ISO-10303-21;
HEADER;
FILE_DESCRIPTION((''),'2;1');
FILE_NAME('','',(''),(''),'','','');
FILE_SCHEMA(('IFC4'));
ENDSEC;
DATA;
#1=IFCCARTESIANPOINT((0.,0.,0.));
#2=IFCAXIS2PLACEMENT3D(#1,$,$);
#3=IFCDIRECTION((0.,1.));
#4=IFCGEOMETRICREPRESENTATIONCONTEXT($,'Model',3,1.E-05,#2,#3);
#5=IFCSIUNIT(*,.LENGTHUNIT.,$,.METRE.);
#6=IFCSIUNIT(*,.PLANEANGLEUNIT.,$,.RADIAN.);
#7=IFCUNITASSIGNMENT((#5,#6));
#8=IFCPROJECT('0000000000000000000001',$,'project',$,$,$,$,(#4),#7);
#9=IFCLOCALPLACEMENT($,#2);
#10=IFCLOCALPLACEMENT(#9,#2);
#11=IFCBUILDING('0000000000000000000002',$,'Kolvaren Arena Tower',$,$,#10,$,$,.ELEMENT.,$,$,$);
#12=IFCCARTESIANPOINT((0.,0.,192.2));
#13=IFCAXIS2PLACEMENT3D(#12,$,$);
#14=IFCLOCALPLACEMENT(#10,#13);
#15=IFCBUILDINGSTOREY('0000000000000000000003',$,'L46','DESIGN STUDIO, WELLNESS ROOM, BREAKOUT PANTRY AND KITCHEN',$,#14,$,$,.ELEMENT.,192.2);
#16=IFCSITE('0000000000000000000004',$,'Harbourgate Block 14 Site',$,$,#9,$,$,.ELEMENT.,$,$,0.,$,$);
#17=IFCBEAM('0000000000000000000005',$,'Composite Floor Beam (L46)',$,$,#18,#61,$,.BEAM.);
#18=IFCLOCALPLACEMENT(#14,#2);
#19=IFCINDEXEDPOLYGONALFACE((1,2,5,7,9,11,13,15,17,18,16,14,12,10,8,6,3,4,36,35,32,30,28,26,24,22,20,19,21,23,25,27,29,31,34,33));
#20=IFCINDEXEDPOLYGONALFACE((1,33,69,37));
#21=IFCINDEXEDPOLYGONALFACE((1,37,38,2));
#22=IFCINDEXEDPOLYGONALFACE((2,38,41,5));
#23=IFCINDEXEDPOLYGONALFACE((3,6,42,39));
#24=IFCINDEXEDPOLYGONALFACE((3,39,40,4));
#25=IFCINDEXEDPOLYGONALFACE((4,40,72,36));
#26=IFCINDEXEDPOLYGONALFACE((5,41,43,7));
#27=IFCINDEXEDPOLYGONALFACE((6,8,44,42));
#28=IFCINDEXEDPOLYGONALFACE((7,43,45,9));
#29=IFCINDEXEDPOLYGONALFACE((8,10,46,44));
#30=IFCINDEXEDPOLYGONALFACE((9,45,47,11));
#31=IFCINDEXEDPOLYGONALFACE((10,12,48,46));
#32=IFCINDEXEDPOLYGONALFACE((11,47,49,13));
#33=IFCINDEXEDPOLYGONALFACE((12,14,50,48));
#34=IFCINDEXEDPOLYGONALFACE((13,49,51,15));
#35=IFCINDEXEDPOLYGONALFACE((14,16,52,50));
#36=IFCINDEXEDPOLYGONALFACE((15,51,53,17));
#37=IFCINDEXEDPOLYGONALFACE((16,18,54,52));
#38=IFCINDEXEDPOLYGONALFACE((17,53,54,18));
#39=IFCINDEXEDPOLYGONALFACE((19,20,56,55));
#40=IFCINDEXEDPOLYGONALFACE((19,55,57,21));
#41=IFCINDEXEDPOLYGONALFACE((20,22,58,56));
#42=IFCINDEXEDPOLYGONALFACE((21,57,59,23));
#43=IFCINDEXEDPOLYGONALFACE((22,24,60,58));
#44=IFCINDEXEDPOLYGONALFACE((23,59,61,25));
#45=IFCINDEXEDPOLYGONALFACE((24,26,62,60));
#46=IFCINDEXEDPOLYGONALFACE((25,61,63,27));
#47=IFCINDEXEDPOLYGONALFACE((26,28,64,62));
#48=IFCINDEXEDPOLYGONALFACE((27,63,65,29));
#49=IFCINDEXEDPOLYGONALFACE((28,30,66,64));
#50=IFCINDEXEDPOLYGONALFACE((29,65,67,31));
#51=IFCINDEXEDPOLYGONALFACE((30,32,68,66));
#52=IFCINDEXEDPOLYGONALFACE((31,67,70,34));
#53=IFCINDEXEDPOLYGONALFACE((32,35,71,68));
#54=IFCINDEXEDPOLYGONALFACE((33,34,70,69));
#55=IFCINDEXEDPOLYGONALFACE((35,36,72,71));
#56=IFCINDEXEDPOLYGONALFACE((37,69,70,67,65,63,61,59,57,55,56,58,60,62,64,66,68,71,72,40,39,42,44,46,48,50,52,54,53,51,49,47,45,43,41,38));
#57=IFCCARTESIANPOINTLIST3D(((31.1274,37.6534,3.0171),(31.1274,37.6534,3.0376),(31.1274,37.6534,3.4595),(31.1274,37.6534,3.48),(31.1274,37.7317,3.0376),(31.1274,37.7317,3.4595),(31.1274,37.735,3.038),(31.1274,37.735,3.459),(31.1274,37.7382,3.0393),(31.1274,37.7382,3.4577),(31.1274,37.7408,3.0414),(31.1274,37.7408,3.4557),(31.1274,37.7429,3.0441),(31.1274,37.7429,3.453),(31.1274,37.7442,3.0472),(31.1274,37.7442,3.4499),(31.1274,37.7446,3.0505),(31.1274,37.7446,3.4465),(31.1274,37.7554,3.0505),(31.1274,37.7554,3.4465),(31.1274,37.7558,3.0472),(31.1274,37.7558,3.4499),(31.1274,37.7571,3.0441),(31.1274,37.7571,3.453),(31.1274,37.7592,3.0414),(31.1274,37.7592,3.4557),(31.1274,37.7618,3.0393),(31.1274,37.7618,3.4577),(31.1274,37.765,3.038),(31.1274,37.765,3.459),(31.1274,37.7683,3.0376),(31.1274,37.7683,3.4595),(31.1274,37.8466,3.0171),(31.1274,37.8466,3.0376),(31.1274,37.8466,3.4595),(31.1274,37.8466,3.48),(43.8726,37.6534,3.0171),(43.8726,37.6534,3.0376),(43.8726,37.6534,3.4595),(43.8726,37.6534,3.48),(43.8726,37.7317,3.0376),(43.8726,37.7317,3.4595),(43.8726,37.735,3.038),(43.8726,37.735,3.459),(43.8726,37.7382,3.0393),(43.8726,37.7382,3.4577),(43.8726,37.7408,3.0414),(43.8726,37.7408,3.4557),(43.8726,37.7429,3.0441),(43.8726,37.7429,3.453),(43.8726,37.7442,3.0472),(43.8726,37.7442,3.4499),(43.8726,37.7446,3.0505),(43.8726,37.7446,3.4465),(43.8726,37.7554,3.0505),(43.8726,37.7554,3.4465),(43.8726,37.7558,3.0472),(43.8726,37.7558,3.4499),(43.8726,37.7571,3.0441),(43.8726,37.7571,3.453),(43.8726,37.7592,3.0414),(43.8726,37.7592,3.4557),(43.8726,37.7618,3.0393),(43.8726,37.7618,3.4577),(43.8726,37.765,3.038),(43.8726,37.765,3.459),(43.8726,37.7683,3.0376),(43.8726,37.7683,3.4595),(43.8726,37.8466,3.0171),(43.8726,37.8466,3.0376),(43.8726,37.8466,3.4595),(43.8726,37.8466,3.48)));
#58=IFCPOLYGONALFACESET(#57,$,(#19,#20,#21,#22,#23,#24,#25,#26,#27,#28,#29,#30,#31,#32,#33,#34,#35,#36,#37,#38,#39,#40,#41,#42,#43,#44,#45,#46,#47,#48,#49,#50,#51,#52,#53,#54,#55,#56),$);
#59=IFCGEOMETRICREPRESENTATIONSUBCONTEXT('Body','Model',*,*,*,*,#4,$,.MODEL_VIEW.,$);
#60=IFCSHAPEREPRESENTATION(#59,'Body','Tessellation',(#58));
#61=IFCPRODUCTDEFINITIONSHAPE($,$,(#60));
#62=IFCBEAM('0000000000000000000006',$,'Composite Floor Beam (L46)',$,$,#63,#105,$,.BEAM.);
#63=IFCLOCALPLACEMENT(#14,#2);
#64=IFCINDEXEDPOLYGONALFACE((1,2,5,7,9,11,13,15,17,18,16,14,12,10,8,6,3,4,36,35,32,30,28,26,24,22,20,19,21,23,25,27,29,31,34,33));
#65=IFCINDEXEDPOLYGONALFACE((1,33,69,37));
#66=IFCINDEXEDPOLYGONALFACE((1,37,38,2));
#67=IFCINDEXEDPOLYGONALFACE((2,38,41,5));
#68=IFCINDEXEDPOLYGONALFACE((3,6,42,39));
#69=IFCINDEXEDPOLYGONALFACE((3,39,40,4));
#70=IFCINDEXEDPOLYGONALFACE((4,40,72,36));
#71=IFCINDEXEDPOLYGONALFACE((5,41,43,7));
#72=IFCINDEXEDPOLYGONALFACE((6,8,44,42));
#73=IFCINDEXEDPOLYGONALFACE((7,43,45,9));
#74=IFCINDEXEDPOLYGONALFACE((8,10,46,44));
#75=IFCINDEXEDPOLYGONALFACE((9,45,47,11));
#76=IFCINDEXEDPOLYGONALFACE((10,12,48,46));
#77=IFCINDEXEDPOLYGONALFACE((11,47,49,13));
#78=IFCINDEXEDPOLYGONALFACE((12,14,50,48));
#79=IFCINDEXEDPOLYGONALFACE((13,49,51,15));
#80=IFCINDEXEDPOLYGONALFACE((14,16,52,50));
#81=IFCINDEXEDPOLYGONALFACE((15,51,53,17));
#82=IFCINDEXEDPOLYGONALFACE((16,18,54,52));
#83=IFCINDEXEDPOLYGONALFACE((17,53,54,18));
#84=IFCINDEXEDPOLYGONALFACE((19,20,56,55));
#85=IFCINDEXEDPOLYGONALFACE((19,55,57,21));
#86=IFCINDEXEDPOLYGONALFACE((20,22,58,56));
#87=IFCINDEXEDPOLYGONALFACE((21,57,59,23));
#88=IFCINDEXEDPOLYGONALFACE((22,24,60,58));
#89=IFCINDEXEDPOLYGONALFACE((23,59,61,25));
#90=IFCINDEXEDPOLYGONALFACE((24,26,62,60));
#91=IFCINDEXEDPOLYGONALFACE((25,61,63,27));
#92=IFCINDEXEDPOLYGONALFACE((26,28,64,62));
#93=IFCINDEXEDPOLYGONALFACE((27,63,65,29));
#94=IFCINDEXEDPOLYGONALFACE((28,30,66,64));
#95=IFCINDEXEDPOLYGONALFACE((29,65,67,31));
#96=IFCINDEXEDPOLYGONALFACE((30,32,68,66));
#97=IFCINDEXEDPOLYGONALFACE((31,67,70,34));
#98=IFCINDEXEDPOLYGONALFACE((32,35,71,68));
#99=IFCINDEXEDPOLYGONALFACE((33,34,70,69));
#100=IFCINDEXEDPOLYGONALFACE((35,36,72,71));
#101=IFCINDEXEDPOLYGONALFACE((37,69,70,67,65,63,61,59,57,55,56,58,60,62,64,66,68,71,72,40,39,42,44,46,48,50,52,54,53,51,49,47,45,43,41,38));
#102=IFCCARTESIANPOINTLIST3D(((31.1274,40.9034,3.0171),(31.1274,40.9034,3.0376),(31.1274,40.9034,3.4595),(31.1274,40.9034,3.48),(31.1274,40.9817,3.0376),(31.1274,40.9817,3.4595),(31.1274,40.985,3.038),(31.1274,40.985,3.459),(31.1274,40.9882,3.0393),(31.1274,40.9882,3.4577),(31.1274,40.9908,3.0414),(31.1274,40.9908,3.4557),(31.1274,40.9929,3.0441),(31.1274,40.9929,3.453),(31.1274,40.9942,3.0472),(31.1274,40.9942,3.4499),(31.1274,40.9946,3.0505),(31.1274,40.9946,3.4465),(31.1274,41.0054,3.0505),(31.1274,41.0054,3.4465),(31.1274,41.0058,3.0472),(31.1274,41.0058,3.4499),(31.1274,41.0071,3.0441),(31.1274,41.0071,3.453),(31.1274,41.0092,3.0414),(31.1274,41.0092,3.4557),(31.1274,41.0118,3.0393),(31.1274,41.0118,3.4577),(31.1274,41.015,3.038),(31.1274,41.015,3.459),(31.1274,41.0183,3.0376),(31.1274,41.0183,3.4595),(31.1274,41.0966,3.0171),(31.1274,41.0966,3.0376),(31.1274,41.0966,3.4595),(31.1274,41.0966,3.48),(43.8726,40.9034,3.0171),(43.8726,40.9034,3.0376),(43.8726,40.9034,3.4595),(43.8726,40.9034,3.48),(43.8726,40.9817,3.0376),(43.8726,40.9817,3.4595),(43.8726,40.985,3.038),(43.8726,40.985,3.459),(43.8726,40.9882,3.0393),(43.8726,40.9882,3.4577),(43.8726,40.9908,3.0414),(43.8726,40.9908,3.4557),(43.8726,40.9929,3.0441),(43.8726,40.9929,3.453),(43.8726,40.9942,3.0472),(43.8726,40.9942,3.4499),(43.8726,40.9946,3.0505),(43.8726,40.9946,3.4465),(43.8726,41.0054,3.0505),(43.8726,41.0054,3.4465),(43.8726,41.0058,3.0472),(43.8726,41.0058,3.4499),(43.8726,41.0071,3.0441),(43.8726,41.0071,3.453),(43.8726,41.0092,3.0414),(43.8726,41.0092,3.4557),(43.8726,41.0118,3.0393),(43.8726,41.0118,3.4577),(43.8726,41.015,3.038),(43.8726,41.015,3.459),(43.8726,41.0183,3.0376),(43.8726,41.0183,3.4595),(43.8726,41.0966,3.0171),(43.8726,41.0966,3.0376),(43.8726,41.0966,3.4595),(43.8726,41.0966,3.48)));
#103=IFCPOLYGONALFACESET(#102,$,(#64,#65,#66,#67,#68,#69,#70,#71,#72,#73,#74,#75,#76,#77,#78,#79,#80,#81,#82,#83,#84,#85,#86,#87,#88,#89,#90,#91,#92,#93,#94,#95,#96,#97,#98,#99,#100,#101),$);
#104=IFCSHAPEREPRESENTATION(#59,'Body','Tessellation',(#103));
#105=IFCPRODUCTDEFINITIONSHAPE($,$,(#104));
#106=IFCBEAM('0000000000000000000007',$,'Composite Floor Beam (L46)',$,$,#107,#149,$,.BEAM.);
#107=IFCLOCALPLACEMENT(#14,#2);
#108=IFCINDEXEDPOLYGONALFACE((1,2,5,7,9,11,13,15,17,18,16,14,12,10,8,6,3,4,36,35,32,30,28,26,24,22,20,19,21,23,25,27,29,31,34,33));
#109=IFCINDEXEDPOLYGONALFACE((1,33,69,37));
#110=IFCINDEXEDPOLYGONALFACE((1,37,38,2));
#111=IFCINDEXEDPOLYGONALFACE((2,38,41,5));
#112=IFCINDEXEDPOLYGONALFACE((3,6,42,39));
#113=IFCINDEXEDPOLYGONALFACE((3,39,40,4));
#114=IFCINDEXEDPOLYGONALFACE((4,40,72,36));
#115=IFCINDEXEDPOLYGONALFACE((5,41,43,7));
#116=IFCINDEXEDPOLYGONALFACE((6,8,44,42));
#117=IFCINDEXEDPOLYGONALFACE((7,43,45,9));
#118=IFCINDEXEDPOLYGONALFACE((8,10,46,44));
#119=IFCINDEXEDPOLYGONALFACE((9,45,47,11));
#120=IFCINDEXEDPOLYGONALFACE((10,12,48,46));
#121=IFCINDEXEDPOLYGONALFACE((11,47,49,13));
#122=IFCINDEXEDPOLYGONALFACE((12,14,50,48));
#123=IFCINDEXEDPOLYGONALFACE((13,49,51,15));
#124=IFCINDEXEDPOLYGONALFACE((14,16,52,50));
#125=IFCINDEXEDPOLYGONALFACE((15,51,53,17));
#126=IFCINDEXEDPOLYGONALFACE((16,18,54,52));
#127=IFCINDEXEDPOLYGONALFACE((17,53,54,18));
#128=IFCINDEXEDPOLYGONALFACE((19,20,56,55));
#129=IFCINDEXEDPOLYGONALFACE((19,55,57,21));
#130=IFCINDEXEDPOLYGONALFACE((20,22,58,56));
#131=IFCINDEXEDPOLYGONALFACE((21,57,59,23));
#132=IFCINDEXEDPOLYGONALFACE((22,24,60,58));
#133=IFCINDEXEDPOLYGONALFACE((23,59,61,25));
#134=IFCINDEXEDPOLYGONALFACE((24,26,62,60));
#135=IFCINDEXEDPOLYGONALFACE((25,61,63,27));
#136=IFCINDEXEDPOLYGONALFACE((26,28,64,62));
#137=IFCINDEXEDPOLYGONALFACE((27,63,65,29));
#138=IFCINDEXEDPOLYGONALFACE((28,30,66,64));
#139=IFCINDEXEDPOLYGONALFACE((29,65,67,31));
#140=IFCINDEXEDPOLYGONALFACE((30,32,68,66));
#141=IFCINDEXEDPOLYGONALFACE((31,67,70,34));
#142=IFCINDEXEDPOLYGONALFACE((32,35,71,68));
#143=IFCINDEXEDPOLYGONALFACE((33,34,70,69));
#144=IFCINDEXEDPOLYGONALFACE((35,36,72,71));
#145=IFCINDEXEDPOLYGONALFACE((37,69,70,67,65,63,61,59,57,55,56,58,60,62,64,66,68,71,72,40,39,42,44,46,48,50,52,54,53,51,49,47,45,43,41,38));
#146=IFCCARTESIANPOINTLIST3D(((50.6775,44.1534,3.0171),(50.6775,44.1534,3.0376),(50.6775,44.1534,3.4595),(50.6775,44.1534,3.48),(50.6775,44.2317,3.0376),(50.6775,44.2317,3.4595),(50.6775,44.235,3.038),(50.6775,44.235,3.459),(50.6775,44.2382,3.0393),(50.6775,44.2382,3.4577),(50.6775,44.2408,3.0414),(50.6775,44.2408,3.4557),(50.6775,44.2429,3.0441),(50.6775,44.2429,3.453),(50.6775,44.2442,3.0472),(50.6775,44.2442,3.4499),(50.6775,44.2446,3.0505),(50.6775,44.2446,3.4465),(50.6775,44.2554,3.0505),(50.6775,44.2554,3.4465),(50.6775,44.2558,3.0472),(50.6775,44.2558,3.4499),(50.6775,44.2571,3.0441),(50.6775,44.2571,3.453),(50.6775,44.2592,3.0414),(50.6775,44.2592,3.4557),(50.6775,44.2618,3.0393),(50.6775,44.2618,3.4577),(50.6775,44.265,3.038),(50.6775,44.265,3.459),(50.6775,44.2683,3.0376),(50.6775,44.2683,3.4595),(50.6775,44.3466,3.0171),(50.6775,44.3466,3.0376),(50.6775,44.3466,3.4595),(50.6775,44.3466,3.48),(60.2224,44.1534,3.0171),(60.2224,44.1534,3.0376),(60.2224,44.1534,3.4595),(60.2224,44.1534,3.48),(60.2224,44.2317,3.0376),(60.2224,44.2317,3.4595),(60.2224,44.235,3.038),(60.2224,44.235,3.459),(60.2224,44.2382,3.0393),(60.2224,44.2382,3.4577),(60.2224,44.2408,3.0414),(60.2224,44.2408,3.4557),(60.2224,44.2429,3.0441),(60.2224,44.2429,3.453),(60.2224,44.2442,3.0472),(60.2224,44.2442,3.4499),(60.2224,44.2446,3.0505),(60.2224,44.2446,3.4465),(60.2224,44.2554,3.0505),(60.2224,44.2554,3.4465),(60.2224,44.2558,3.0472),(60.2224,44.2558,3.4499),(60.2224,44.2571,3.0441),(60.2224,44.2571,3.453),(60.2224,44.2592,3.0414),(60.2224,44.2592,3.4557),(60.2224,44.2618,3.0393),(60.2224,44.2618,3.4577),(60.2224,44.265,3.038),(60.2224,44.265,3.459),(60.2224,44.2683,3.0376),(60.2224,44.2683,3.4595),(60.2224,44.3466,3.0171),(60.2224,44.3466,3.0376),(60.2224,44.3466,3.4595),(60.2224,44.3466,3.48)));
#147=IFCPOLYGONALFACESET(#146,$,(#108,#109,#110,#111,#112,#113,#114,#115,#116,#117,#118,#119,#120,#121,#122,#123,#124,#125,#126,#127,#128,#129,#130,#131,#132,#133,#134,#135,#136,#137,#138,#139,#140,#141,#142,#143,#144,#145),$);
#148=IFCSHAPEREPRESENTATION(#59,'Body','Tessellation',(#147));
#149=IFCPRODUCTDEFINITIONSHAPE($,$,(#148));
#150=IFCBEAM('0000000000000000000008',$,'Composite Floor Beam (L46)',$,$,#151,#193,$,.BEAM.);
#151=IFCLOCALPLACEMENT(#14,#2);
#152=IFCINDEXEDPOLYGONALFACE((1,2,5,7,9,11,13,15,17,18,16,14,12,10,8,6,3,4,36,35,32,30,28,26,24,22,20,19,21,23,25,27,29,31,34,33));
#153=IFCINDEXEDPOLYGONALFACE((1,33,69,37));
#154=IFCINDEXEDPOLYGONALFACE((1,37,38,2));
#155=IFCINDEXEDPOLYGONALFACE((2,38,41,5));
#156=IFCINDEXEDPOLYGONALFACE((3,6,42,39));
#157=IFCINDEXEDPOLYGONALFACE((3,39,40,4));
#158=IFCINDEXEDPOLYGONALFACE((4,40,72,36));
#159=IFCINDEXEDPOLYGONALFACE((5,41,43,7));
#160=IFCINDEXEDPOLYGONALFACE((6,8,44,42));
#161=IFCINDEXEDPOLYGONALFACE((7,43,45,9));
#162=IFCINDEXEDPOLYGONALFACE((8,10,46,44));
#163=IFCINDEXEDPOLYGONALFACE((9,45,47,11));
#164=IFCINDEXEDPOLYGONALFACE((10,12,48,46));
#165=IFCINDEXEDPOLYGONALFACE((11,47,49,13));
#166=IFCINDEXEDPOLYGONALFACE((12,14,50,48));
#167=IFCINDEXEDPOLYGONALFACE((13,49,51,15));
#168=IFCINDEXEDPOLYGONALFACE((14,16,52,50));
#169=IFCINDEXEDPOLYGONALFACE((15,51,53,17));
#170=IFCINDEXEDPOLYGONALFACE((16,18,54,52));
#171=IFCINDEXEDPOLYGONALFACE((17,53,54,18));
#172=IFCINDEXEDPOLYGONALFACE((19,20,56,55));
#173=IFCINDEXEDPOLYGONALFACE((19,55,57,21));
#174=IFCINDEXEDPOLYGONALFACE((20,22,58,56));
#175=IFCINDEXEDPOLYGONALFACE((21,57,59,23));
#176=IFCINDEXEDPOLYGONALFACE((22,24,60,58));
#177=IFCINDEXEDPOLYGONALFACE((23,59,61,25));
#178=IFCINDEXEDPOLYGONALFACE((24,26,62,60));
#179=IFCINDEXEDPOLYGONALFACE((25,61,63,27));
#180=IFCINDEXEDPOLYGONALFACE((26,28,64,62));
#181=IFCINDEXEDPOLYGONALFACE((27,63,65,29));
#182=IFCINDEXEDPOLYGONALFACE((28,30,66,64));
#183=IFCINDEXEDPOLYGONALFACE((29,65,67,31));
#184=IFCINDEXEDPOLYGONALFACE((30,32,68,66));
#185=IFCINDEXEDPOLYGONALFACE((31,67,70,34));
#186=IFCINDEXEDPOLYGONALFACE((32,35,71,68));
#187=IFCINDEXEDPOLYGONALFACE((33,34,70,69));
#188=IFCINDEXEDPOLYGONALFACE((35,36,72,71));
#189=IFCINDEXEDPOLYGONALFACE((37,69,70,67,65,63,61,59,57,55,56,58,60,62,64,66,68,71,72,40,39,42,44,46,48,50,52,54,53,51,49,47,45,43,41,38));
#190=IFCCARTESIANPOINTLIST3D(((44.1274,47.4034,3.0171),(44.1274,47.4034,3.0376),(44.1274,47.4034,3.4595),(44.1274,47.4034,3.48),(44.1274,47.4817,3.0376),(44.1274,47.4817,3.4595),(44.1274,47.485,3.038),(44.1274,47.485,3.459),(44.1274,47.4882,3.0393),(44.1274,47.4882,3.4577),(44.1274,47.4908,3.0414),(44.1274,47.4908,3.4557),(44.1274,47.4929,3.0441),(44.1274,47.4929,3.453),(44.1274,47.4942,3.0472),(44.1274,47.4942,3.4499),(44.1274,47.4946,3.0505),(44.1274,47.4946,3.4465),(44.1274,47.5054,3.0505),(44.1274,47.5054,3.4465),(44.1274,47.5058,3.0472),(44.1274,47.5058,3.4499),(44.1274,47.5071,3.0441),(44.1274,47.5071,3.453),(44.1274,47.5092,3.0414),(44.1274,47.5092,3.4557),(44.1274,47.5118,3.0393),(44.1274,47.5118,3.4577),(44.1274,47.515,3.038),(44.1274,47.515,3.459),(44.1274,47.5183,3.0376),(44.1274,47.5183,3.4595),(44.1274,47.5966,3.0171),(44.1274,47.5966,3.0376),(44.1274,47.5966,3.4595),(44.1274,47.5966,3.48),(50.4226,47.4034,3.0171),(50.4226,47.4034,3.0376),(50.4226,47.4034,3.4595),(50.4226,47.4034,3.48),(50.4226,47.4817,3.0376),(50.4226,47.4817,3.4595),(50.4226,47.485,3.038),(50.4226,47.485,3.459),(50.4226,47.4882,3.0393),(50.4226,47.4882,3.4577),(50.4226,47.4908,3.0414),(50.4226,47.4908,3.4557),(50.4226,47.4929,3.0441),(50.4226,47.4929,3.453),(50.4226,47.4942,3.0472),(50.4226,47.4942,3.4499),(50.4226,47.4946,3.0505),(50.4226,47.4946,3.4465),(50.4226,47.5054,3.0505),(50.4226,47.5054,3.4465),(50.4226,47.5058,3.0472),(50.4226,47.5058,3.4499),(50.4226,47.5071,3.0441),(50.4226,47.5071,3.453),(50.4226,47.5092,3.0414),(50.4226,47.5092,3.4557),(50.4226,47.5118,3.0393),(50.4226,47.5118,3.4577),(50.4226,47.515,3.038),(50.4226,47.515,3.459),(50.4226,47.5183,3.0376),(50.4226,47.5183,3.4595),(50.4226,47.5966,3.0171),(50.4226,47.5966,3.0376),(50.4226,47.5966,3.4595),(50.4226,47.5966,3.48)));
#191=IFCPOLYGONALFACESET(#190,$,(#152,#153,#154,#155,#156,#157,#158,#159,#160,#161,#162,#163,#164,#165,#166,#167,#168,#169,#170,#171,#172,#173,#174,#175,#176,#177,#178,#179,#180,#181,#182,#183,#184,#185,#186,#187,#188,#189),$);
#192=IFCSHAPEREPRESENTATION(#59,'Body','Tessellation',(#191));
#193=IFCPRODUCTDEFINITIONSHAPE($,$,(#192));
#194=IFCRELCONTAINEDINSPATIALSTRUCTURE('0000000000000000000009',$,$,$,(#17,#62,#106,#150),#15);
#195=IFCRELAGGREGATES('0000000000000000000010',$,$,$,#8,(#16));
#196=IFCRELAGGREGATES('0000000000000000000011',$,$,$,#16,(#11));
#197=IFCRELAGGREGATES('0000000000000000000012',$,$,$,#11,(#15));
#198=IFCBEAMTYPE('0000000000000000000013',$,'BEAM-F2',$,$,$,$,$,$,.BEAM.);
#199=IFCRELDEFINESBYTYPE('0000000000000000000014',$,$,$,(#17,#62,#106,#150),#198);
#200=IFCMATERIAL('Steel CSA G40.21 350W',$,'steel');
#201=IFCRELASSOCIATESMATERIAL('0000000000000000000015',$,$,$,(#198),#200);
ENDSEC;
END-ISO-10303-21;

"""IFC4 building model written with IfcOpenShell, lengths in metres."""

from ifc_helpers import new_model, si_unit, direction, frame, origin, origin_2d, place, context, subcontext, project, spatial, i_section, extrude, material, material_profile, profile_set, type_object, element, save


model = new_model("IFC4")

# Units and contexts
model_context = context("Model", 3, precision=1e-05, world=origin(), true_north=direction((0.0, 1.0)))
body_context = subcontext(model_context, "Body", "Model", "MODEL_VIEW")
ifc_project = project(units=[si_unit("LENGTHUNIT", "METRE"), si_unit("PLANEANGLEUNIT", "RADIAN")], contexts=[model_context])

# Site, building, storey
site_placement = place(None, origin())
site = spatial("IfcSite", under=ifc_project, at=site_placement, Name="Harbourgate Block 14 Site", CompositionType="ELEMENT", RefElevation=0.0)
building_placement = place(site_placement, origin())
building = spatial("IfcBuilding", under=site, at=building_placement, Name="Kolvaren Arena Tower", CompositionType="ELEMENT")
storey_placement = place(building_placement, frame((0.0, 0.0, 192.2)))
storey = spatial("IfcBuildingStorey", under=building, at=storey_placement, Name="L46", Description="DESIGN STUDIO, WELLNESS ROOM, BREAKOUT PANTRY AND KITCHEN", CompositionType="ELEMENT", Elevation=192.2)

# Beams
ifc_material_1 = material(Name="Steel CSA G40.21 350W", Category="steel")
ifc_material_profile_1 = material_profile(ifc_material_1, i_section(OverallWidth=0.1931, OverallDepth=0.4629, WebThickness=0.0107, FlangeThickness=0.0205, FilletRadius=0.0129, at=origin_2d()), Name="W460x113")
ifc_profile_set_1 = profile_set([ifc_material_profile_1], Name="Steel CSA G40.21 350W")
beam_type_1 = type_object("IfcBeamType", Name="BEAM-F2", PredefinedType="BEAM", material=ifc_profile_set_1)
for number, where, z_axis, x_axis, name in (
    (1, (31.1274, 37.75, 3.2485), (1.0, 0.0, 0.0), (0.0, 1.0, 0.0), "Composite Floor Beam (L46)"),
    (2, (31.1274, 41.0, 3.2485), (1.0, 0.0, 0.0), (0.0, 1.0, 0.0), "Composite Floor Beam (L46)"),
):
    element("IfcBeam", number, at=place(storey_placement, frame(where, z_axis=z_axis, x_axis=x_axis)), inside=storey, type_object=beam_type_1, Name=name, PredefinedType="BEAM", context=body_context, shape_type="SweptSolid", body=[
        extrude(i_section(OverallWidth=0.1931, OverallDepth=0.4629, WebThickness=0.0107, FlangeThickness=0.0205, FilletRadius=0.0129, at=origin_2d()), origin(), (0.0, 0.0, 1.0), 12.7451),
    ])
beam_1_placement = place(storey_placement, frame((50.6775, 44.25, 3.2485), z_axis=(1.0, 0.0, 0.0), x_axis=(0.0, 1.0, 0.0)))
element("IfcBeam", 3, at=beam_1_placement, inside=storey, type_object=beam_type_1, Name="Composite Floor Beam (L46)", PredefinedType="BEAM", context=body_context, shape_type="SweptSolid", body=[
    extrude(i_section(OverallWidth=0.1931, OverallDepth=0.4629, WebThickness=0.0107, FlangeThickness=0.0205, FilletRadius=0.0129, at=origin_2d()), origin(), (0.0, 0.0, 1.0), 9.5449),
])
beam_2_placement = place(storey_placement, frame((44.1274, 47.5, 3.2485), z_axis=(1.0, 0.0, 0.0), x_axis=(0.0, 1.0, 0.0)))
element("IfcBeam", 4, at=beam_2_placement, inside=storey, type_object=beam_type_1, Name="Composite Floor Beam (L46)", PredefinedType="BEAM", context=body_context, shape_type="SweptSolid", body=[
    extrude(i_section(OverallWidth=0.1931, OverallDepth=0.4629, WebThickness=0.0107, FlangeThickness=0.0205, FilletRadius=0.0129, at=origin_2d()), origin(), (0.0, 0.0, 1.0), 6.2952),
])

save(model, "model.ifc")
